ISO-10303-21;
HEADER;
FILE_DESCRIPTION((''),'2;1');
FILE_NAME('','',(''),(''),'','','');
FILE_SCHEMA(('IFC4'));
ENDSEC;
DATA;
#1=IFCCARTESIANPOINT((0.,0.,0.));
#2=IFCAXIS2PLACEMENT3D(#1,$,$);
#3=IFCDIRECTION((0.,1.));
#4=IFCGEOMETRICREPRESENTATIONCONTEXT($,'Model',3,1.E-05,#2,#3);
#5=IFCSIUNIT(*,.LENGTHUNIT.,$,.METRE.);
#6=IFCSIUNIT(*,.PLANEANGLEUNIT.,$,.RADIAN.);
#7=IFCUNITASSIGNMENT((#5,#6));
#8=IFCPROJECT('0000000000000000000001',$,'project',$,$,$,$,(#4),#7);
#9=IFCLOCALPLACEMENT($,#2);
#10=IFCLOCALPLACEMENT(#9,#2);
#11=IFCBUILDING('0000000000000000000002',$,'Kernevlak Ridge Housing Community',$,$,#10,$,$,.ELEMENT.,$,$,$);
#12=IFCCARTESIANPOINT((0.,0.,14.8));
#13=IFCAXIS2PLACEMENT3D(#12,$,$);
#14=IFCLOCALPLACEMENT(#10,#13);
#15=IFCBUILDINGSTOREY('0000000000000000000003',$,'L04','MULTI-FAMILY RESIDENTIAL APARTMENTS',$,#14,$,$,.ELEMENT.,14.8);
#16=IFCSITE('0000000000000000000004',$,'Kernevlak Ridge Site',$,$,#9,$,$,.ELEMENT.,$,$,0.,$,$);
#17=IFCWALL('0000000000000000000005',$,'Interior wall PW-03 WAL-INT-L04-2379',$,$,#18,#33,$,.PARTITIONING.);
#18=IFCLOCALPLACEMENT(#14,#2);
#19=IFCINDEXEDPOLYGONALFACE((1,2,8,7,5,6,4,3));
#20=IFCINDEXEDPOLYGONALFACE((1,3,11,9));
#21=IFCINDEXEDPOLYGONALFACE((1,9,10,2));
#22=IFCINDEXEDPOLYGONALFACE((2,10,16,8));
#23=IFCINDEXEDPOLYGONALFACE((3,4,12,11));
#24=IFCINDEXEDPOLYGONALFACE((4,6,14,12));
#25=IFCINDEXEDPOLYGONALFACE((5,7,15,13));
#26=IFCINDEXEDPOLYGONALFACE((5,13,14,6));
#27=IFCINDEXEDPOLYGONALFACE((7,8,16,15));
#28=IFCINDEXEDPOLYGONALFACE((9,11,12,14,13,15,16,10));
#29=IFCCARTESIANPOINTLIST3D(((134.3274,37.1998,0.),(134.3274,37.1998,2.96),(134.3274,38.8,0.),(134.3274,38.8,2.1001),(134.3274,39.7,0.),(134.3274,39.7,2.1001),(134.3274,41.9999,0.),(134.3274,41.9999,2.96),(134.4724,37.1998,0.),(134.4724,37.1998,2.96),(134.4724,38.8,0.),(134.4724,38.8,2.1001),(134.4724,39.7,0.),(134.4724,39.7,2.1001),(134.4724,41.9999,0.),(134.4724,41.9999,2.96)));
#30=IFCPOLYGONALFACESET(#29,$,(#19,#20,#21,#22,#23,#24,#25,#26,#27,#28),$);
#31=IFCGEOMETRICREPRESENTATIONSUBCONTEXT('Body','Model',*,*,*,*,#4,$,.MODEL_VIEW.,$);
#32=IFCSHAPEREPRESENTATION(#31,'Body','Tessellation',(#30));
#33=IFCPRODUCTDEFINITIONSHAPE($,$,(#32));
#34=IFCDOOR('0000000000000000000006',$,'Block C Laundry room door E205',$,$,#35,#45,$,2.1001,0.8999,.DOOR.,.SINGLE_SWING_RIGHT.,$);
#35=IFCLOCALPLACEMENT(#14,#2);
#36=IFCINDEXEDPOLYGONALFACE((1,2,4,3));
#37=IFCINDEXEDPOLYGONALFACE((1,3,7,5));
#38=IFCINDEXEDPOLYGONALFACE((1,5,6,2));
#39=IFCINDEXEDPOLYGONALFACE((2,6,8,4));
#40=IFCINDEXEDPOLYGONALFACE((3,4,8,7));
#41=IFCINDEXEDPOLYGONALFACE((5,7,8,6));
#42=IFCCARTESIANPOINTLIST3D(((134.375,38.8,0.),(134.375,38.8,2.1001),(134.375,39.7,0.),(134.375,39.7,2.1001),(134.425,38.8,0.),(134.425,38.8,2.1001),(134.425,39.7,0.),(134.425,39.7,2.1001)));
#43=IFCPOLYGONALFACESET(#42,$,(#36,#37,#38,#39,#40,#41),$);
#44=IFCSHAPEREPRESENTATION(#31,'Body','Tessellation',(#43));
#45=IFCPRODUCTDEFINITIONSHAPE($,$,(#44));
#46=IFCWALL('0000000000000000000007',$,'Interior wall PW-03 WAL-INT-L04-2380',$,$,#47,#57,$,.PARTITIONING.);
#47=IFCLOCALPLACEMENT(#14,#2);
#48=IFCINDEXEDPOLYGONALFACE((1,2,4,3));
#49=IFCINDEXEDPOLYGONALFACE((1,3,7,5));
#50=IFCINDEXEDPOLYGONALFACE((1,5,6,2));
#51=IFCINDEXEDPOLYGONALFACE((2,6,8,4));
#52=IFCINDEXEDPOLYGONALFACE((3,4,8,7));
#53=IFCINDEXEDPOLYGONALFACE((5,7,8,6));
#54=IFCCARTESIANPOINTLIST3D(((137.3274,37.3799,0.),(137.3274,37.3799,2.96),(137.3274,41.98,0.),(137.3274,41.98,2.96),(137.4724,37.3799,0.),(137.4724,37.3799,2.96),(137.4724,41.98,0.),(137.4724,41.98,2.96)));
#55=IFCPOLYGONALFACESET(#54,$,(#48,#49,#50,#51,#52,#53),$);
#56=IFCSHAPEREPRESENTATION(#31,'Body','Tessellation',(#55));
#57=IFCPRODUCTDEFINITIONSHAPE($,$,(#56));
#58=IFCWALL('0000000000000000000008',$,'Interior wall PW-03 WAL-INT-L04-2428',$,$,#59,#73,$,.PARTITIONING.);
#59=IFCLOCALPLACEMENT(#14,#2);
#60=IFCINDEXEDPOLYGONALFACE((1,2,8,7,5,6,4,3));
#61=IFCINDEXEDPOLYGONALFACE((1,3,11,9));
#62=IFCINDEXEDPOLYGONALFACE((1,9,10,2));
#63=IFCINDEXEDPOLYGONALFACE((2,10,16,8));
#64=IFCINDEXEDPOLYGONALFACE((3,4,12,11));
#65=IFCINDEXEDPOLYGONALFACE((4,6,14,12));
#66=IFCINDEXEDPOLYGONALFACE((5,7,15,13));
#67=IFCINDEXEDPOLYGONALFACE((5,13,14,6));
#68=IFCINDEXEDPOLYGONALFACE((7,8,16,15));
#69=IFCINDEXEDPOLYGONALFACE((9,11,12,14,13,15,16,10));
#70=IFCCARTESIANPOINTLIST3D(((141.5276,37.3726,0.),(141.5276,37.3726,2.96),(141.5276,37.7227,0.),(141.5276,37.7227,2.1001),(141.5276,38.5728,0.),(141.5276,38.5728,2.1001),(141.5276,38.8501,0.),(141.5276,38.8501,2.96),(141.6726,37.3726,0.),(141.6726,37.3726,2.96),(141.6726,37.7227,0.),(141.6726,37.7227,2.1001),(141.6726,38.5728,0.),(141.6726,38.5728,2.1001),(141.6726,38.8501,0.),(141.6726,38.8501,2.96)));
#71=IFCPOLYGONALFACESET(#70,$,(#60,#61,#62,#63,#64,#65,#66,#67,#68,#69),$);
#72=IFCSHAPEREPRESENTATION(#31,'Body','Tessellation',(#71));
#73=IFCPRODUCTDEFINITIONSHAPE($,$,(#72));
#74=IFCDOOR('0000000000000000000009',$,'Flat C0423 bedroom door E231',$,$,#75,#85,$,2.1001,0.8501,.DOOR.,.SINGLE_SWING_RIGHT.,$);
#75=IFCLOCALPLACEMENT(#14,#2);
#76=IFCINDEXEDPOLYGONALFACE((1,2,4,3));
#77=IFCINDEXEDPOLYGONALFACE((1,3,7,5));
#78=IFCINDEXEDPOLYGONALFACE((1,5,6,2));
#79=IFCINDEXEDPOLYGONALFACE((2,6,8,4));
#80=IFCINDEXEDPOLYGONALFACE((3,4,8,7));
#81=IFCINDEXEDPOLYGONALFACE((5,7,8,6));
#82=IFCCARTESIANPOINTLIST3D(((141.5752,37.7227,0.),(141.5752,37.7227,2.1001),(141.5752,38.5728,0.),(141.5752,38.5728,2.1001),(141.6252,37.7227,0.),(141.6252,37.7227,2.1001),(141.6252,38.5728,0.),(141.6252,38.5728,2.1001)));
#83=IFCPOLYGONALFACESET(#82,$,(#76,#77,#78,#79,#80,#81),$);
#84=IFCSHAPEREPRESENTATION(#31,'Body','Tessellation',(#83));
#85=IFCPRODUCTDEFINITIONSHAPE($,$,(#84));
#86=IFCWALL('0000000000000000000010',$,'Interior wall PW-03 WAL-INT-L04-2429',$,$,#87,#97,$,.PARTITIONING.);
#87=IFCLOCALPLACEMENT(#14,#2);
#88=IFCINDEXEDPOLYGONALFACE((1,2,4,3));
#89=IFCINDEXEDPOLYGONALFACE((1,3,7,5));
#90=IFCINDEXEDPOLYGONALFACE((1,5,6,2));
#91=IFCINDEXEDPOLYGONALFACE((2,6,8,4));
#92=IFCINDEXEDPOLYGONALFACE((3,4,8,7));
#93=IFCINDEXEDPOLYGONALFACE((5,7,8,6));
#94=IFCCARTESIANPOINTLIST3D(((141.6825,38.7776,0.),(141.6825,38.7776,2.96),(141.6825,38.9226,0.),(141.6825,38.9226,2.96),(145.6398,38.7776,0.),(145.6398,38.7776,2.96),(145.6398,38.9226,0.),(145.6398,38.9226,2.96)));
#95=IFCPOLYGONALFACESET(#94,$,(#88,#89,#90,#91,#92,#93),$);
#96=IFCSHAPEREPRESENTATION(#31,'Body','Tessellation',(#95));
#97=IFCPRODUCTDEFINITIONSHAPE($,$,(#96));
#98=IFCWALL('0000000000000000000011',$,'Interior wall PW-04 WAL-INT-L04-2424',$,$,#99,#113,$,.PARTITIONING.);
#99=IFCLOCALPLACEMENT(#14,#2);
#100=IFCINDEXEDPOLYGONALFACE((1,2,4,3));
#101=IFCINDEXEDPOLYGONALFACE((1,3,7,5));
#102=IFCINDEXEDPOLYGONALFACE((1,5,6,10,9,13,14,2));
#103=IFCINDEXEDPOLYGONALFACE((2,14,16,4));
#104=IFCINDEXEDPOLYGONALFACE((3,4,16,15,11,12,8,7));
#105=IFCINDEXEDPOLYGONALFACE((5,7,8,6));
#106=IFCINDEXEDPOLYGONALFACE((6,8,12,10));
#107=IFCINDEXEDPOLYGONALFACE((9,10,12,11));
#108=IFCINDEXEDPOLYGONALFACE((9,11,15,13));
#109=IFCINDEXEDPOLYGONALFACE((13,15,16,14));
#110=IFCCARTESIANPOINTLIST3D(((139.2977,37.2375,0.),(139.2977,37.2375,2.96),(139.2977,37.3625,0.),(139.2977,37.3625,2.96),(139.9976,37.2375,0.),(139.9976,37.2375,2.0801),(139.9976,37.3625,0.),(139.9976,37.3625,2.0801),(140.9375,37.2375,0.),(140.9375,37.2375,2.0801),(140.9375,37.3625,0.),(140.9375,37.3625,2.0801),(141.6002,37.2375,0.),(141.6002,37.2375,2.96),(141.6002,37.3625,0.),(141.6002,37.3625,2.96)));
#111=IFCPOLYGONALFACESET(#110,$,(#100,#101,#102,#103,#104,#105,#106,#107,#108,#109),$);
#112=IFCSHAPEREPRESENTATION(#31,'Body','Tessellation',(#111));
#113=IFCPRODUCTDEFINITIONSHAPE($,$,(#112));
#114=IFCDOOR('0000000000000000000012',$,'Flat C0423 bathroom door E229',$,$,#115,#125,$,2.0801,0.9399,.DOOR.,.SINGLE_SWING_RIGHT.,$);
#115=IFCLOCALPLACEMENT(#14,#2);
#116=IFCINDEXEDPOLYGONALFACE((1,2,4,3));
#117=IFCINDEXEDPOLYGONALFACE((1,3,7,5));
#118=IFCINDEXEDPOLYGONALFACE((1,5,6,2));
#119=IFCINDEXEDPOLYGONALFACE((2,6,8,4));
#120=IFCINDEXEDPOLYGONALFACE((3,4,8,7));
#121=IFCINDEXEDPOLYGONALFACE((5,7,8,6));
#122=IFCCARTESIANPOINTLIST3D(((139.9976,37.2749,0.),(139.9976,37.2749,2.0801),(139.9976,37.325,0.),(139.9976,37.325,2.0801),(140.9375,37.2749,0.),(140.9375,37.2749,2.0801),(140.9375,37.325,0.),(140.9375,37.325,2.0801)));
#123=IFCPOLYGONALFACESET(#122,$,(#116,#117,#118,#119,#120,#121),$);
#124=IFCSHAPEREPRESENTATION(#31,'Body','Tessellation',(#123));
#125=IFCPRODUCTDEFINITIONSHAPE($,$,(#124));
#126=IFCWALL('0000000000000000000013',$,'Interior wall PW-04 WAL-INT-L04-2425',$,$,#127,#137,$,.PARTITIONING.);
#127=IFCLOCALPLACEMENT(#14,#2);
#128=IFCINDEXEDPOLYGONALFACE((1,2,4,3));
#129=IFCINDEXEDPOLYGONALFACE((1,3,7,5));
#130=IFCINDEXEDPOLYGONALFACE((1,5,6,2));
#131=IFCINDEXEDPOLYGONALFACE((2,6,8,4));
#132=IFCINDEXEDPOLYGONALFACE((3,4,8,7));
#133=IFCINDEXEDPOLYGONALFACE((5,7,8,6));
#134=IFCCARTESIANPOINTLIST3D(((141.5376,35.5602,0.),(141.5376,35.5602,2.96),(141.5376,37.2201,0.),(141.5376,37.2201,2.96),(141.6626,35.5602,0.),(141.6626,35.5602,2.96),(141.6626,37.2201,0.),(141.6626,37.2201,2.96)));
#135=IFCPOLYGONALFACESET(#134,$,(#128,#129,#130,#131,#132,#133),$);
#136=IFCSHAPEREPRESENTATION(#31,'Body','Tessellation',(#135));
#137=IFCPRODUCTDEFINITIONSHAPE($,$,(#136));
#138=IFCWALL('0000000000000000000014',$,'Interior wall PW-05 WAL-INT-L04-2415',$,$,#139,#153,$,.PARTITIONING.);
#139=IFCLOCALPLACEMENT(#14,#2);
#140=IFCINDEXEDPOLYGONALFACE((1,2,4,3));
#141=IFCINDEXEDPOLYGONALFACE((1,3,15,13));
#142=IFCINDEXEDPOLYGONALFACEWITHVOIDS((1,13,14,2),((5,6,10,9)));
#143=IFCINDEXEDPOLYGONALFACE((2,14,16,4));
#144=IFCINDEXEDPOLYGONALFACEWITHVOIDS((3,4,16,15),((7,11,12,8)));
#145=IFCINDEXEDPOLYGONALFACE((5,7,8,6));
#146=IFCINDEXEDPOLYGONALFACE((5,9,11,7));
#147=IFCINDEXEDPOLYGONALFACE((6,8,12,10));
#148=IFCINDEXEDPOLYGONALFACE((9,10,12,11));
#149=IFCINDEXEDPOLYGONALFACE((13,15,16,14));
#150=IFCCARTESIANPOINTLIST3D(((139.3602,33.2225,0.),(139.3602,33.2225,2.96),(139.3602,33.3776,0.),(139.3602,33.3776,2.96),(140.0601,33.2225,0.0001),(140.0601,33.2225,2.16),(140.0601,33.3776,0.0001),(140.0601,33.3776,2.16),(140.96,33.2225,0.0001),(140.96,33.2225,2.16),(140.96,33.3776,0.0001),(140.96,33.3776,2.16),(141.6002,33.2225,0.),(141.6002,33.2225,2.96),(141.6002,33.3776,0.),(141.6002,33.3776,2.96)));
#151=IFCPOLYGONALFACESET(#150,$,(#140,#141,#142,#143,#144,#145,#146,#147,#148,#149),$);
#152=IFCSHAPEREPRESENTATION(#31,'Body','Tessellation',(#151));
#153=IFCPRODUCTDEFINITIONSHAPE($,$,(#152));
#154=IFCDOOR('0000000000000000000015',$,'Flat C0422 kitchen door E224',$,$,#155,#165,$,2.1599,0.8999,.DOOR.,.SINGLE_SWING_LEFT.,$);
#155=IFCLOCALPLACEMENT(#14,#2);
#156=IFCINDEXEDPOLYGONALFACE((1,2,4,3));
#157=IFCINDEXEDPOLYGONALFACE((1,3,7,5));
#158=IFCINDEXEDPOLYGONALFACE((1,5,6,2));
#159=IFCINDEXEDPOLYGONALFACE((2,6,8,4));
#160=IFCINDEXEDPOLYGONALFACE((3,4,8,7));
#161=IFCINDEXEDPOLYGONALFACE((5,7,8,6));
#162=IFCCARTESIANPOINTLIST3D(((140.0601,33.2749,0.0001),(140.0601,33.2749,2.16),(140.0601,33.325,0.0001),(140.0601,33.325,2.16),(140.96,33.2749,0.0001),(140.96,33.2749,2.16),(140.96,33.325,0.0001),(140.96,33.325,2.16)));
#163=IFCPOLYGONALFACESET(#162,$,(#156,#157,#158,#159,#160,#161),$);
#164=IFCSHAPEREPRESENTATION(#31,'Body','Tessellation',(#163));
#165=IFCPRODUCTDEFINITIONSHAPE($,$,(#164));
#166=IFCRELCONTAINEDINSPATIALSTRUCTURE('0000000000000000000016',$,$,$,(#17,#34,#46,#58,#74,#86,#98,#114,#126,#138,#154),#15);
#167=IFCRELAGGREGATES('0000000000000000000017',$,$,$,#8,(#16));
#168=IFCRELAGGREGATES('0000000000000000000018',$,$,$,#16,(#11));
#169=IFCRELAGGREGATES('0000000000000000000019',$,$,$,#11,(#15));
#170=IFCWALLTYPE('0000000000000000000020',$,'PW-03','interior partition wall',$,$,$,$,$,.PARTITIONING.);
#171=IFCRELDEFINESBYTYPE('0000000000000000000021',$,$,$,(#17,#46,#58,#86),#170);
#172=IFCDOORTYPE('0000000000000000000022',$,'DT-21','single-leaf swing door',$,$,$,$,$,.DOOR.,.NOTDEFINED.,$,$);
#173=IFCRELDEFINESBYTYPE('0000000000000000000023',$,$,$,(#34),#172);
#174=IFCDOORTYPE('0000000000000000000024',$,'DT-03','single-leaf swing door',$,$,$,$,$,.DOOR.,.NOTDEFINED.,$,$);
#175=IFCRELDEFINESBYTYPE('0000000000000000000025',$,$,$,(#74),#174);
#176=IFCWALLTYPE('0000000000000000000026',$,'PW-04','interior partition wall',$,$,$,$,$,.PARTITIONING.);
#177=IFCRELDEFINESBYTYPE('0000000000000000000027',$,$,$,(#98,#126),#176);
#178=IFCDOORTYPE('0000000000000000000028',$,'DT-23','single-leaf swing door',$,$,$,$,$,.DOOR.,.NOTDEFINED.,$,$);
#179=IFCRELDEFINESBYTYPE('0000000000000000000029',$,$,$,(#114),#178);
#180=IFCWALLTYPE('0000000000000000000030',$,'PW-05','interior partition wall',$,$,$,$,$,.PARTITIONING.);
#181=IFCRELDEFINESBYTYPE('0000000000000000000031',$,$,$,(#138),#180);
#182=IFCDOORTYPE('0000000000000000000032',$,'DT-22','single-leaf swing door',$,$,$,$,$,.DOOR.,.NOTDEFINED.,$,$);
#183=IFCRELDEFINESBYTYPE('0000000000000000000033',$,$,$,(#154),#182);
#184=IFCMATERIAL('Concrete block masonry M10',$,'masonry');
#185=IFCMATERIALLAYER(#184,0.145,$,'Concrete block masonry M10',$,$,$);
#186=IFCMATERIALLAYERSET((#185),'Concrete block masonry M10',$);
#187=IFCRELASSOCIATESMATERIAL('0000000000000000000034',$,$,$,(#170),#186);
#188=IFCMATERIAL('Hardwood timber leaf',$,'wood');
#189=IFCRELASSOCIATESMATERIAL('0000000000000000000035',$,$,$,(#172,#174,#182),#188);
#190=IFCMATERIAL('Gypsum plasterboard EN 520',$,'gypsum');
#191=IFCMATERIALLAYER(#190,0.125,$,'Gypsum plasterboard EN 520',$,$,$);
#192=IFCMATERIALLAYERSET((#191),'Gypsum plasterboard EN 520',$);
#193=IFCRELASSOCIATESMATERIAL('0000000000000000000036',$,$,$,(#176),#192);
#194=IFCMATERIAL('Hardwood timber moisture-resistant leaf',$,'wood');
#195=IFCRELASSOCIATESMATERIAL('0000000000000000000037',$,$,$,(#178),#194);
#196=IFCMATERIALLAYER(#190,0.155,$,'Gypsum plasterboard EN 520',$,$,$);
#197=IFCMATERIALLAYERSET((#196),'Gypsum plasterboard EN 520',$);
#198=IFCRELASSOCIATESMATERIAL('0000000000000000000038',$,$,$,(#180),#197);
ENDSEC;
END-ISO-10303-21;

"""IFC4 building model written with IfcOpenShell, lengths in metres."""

from ifc_helpers import new_model, si_unit, direction, frame, frame_2d, origin, place, context, subcontext, project, spatial, rectangle, extrude, material, layer, layer_set, type_object, element, fill, save


model = new_model("IFC4")

# Units and contexts
model_context = context("Model", 3, precision=1e-05, world=origin(), true_north=direction((0.0, 1.0)))
body_context = subcontext(model_context, "Body", "Model", "MODEL_VIEW")
ifc_project = project(units=[si_unit("LENGTHUNIT", "METRE"), si_unit("PLANEANGLEUNIT", "RADIAN")], contexts=[model_context])

# Site, building, storey
site_placement = place(None, origin())
site = spatial("IfcSite", under=ifc_project, at=site_placement, Name="Kernevlak Ridge Site", CompositionType="ELEMENT", RefElevation=0.0)
building_placement = place(site_placement, origin())
building = spatial("IfcBuilding", under=site, at=building_placement, Name="Kernevlak Ridge Housing Community", CompositionType="ELEMENT")
storey_placement = place(building_placement, frame((0.0, 0.0, 14.8)))
storey = spatial("IfcBuildingStorey", under=building, at=storey_placement, Name="L04", Description="MULTI-FAMILY RESIDENTIAL APARTMENTS", CompositionType="ELEMENT", Elevation=14.8)

# Shared definitions
ifc_material_1 = material(Name="Concrete block masonry M10", Category="masonry")

# Wall, opening, door
ifc_layer_1 = layer(ifc_material_1, 0.145, Name="Concrete block masonry M10")
ifc_layer_set_1 = layer_set([ifc_layer_1], Name="Concrete block masonry M10")
wall_type_1 = type_object("IfcWallType", Name="PW-03", Description="interior partition wall", PredefinedType="PARTITIONING", material=ifc_layer_set_1)
wall_1_placement = place(storey_placement, frame((134.3999, 37.2, 0.0), z_axis=(0.0, 0.0, 1.0), x_axis=(0.0, 1.0, 0.0)))
wall_1 = element("IfcWall", 1, at=wall_1_placement, inside=storey, type_object=wall_type_1, Name="Interior wall PW-03 WAL-INT-L04-2379", PredefinedType="PARTITIONING", context=body_context, shape_type="SweptSolid", body=[
    extrude(rectangle(XDim=4.8, YDim=0.145, at=frame_2d((2.3999, 0.0))), origin(), (0.0, 0.0, 1.0), 2.96),
])
opening_1_placement = place(wall_1_placement, frame((1.6001, 0.0, 0.0)))
opening_1 = element("IfcOpeningElement", 2, at=opening_1_placement, cuts=wall_1, PredefinedType="OPENING", context=body_context, shape_type="SweptSolid", body=[
    extrude(rectangle(XDim=0.8999, YDim=2.1001, at=frame_2d((0.45, 1.05))), frame((0.0, 0.0825, 0.0), z_axis=(0.0, -1.0, 0.0), x_axis=(1.0, 0.0, 0.0)), (0.0, 0.0, 1.0), 0.165),
])
ifc_material_2 = material(Name="Hardwood timber leaf", Category="wood")
door_type_1 = type_object("IfcDoorType", Name="DT-21", Description="single-leaf swing door", OperationType="NOTDEFINED", PredefinedType="DOOR", material=ifc_material_2)
door_1_placement = place(opening_1_placement, origin())
door_1 = element("IfcDoor", 3, at=door_1_placement, inside=storey, type_object=door_type_1, Name="Block C Laundry room door E205", OperationType="SINGLE_SWING_RIGHT", OverallHeight=2.1001, OverallWidth=0.8999, PredefinedType="DOOR", context=body_context, shape_type="SweptSolid", body=[
    extrude(rectangle(XDim=0.8999, YDim=2.1001, at=frame_2d((0.45, 1.05))), frame((0.0, 0.0249, 0.0), z_axis=(0.0, -1.0, 0.0), x_axis=(1.0, 0.0, 0.0)), (0.0, 0.0, 1.0), 0.05),
])
fill(opening_1, door_1)

# Wall
wall_2_placement = place(storey_placement, frame((137.3999, 37.3799, 0.0), z_axis=(0.0, 0.0, 1.0), x_axis=(0.0, 1.0, 0.0)))
element("IfcWall", 4, at=wall_2_placement, inside=storey, type_object=wall_type_1, Name="Interior wall PW-03 WAL-INT-L04-2380", PredefinedType="PARTITIONING", context=body_context, shape_type="SweptSolid", body=[
    extrude(rectangle(XDim=4.6001, YDim=0.145, at=frame_2d((2.3, 0.0))), origin(), (0.0, 0.0, 1.0), 2.96),
])

# Wall, opening, door
wall_3_placement = place(storey_placement, frame((141.6001, 37.3726, 0.0), z_axis=(0.0, 0.0, 1.0), x_axis=(0.0, 1.0, 0.0)))
wall_3 = element("IfcWall", 5, at=wall_3_placement, inside=storey, type_object=wall_type_1, Name="Interior wall PW-03 WAL-INT-L04-2428", PredefinedType="PARTITIONING", context=body_context, shape_type="SweptSolid", body=[
    extrude(rectangle(XDim=1.4775, YDim=0.145, at=frame_2d((0.7388, 0.0))), origin(), (0.0, 0.0, 1.0), 2.96),
])
opening_2_placement = place(wall_3_placement, frame((0.3501, 0.0, 0.0)))
opening_2 = element("IfcOpeningElement", 6, at=opening_2_placement, cuts=wall_3, PredefinedType="OPENING", context=body_context, shape_type="SweptSolid", body=[
    extrude(rectangle(XDim=0.8501, YDim=2.1001, at=frame_2d((0.425, 1.05))), frame((0.0, 0.0825, 0.0), z_axis=(0.0, -1.0, 0.0), x_axis=(1.0, 0.0, 0.0)), (0.0, 0.0, 1.0), 0.165),
])
door_type_2 = type_object("IfcDoorType", Name="DT-03", Description="single-leaf swing door", OperationType="NOTDEFINED", PredefinedType="DOOR", material=ifc_material_2)
door_2_placement = place(opening_2_placement, origin())
door_2 = element("IfcDoor", 7, at=door_2_placement, inside=storey, type_object=door_type_2, Name="Flat C0423 bedroom door E231", OperationType="SINGLE_SWING_RIGHT", OverallHeight=2.1001, OverallWidth=0.8501, PredefinedType="DOOR", context=body_context, shape_type="SweptSolid", body=[
    extrude(rectangle(XDim=0.8501, YDim=2.1001, at=frame_2d((0.425, 1.05))), frame((0.0, 0.0249, 0.0), z_axis=(0.0, -1.0, 0.0), x_axis=(1.0, 0.0, 0.0)), (0.0, 0.0, 1.0), 0.05),
])
fill(opening_2, door_2)

# Wall
wall_4_placement = place(storey_placement, frame((141.6826, 38.8501, 0.0), z_axis=(0.0, 0.0, 1.0), x_axis=(1.0, 0.0, 0.0)))
element("IfcWall", 8, at=wall_4_placement, inside=storey, type_object=wall_type_1, Name="Interior wall PW-03 WAL-INT-L04-2429", PredefinedType="PARTITIONING", context=body_context, shape_type="SweptSolid", body=[
    extrude(rectangle(XDim=3.9573, YDim=0.145, at=frame_2d((1.9785, 0.0))), origin(), (0.0, 0.0, 1.0), 2.96),
])

# Wall, opening, door
ifc_material_3 = material(Name="Gypsum plasterboard EN 520", Category="gypsum")
ifc_layer_2 = layer(ifc_material_3, 0.125, Name="Gypsum plasterboard EN 520")
ifc_layer_set_2 = layer_set([ifc_layer_2], Name="Gypsum plasterboard EN 520")
wall_type_2 = type_object("IfcWallType", Name="PW-04", Description="interior partition wall", PredefinedType="PARTITIONING", material=ifc_layer_set_2)
wall_5_placement = place(storey_placement, frame((139.2976, 37.3, 0.0), z_axis=(0.0, 0.0, 1.0), x_axis=(1.0, 0.0, 0.0)))
wall_5 = element("IfcWall", 9, at=wall_5_placement, inside=storey, type_object=wall_type_2, Name="Interior wall PW-04 WAL-INT-L04-2424", PredefinedType="PARTITIONING", context=body_context, shape_type="SweptSolid", body=[
    extrude(rectangle(XDim=2.3025, YDim=0.125, at=frame_2d((1.1514, 0.0))), origin(), (0.0, 0.0, 1.0), 2.96),
])
opening_3_placement = place(wall_5_placement, frame((0.7, 0.0, 0.0)))
opening_3 = element("IfcOpeningElement", 10, at=opening_3_placement, cuts=wall_5, PredefinedType="OPENING", context=body_context, shape_type="SweptSolid", body=[
    extrude(rectangle(XDim=0.9399, YDim=2.0801, at=frame_2d((0.47, 1.04))), frame((0.0, 0.0725, 0.0), z_axis=(0.0, -1.0, 0.0), x_axis=(1.0, 0.0, 0.0)), (0.0, 0.0, 1.0), 0.145),
])
ifc_material_4 = material(Name="Hardwood timber moisture-resistant leaf", Category="wood")
door_type_3 = type_object("IfcDoorType", Name="DT-23", Description="single-leaf swing door", OperationType="NOTDEFINED", PredefinedType="DOOR", material=ifc_material_4)
door_3_placement = place(opening_3_placement, origin())
door_3 = element("IfcDoor", 11, at=door_3_placement, inside=storey, type_object=door_type_3, Name="Flat C0423 bathroom door E229", OperationType="SINGLE_SWING_RIGHT", OverallHeight=2.0801, OverallWidth=0.9399, PredefinedType="DOOR", context=body_context, shape_type="SweptSolid", body=[
    extrude(rectangle(XDim=0.9399, YDim=2.0801, at=frame_2d((0.47, 1.04))), frame((0.0, 0.0249, 0.0), z_axis=(0.0, -1.0, 0.0), x_axis=(1.0, 0.0, 0.0)), (0.0, 0.0, 1.0), 0.05),
])
fill(opening_3, door_3)

# Wall
wall_6_placement = place(storey_placement, frame((141.6001, 35.5601, 0.0), z_axis=(0.0, 0.0, 1.0), x_axis=(0.0, 1.0, 0.0)))
element("IfcWall", 12, at=wall_6_placement, inside=storey, type_object=wall_type_2, Name="Interior wall PW-04 WAL-INT-L04-2425", PredefinedType="PARTITIONING", context=body_context, shape_type="SweptSolid", body=[
    extrude(rectangle(XDim=1.6599, YDim=0.125, at=frame_2d((0.8301, 0.0))), origin(), (0.0, 0.0, 1.0), 2.96),
])

# Wall, opening, door
ifc_layer_3 = layer(ifc_material_3, 0.155, Name="Gypsum plasterboard EN 520")
ifc_layer_set_3 = layer_set([ifc_layer_3], Name="Gypsum plasterboard EN 520")
wall_type_3 = type_object("IfcWallType", Name="PW-05", Description="interior partition wall", PredefinedType="PARTITIONING", material=ifc_layer_set_3)
wall_7_placement = place(storey_placement, frame((139.3601, 33.3, 0.0), z_axis=(0.0, 0.0, 1.0), x_axis=(1.0, 0.0, 0.0)))
wall_7 = element("IfcWall", 13, at=wall_7_placement, inside=storey, type_object=wall_type_3, Name="Interior wall PW-05 WAL-INT-L04-2415", PredefinedType="PARTITIONING", context=body_context, shape_type="SweptSolid", body=[
    extrude(rectangle(XDim=2.24, YDim=0.155, at=frame_2d((1.1201, 0.0))), origin(), (0.0, 0.0, 1.0), 2.96),
])
opening_4_placement = place(wall_7_placement, frame((0.7, 0.0, 0.0)))
opening_4 = element("IfcOpeningElement", 14, at=opening_4_placement, cuts=wall_7, PredefinedType="OPENING", context=body_context, shape_type="SweptSolid", body=[
    extrude(rectangle(XDim=0.8999, YDim=2.1599, at=frame_2d((0.45, 1.0801))), frame((0.0, 0.0874, 0.0), z_axis=(0.0, -1.0, 0.0), x_axis=(1.0, 0.0, 0.0)), (0.0, 0.0, 1.0), 0.175),
])
door_type_4 = type_object("IfcDoorType", Name="DT-22", Description="single-leaf swing door", OperationType="NOTDEFINED", PredefinedType="DOOR", material=ifc_material_2)
door_4_placement = place(opening_4_placement, origin())
door_4 = element("IfcDoor", 15, at=door_4_placement, inside=storey, type_object=door_type_4, Name="Flat C0422 kitchen door E224", OperationType="SINGLE_SWING_LEFT", OverallHeight=2.1599, OverallWidth=0.8999, PredefinedType="DOOR", context=body_context, shape_type="SweptSolid", body=[
    extrude(rectangle(XDim=0.8999, YDim=2.1599, at=frame_2d((0.45, 1.0801))), frame((0.0, 0.0249, 0.0), z_axis=(0.0, -1.0, 0.0), x_axis=(1.0, 0.0, 0.0)), (0.0, 0.0, 1.0), 0.05),
])
fill(opening_4, door_4)

save(model, "model.ifc")
